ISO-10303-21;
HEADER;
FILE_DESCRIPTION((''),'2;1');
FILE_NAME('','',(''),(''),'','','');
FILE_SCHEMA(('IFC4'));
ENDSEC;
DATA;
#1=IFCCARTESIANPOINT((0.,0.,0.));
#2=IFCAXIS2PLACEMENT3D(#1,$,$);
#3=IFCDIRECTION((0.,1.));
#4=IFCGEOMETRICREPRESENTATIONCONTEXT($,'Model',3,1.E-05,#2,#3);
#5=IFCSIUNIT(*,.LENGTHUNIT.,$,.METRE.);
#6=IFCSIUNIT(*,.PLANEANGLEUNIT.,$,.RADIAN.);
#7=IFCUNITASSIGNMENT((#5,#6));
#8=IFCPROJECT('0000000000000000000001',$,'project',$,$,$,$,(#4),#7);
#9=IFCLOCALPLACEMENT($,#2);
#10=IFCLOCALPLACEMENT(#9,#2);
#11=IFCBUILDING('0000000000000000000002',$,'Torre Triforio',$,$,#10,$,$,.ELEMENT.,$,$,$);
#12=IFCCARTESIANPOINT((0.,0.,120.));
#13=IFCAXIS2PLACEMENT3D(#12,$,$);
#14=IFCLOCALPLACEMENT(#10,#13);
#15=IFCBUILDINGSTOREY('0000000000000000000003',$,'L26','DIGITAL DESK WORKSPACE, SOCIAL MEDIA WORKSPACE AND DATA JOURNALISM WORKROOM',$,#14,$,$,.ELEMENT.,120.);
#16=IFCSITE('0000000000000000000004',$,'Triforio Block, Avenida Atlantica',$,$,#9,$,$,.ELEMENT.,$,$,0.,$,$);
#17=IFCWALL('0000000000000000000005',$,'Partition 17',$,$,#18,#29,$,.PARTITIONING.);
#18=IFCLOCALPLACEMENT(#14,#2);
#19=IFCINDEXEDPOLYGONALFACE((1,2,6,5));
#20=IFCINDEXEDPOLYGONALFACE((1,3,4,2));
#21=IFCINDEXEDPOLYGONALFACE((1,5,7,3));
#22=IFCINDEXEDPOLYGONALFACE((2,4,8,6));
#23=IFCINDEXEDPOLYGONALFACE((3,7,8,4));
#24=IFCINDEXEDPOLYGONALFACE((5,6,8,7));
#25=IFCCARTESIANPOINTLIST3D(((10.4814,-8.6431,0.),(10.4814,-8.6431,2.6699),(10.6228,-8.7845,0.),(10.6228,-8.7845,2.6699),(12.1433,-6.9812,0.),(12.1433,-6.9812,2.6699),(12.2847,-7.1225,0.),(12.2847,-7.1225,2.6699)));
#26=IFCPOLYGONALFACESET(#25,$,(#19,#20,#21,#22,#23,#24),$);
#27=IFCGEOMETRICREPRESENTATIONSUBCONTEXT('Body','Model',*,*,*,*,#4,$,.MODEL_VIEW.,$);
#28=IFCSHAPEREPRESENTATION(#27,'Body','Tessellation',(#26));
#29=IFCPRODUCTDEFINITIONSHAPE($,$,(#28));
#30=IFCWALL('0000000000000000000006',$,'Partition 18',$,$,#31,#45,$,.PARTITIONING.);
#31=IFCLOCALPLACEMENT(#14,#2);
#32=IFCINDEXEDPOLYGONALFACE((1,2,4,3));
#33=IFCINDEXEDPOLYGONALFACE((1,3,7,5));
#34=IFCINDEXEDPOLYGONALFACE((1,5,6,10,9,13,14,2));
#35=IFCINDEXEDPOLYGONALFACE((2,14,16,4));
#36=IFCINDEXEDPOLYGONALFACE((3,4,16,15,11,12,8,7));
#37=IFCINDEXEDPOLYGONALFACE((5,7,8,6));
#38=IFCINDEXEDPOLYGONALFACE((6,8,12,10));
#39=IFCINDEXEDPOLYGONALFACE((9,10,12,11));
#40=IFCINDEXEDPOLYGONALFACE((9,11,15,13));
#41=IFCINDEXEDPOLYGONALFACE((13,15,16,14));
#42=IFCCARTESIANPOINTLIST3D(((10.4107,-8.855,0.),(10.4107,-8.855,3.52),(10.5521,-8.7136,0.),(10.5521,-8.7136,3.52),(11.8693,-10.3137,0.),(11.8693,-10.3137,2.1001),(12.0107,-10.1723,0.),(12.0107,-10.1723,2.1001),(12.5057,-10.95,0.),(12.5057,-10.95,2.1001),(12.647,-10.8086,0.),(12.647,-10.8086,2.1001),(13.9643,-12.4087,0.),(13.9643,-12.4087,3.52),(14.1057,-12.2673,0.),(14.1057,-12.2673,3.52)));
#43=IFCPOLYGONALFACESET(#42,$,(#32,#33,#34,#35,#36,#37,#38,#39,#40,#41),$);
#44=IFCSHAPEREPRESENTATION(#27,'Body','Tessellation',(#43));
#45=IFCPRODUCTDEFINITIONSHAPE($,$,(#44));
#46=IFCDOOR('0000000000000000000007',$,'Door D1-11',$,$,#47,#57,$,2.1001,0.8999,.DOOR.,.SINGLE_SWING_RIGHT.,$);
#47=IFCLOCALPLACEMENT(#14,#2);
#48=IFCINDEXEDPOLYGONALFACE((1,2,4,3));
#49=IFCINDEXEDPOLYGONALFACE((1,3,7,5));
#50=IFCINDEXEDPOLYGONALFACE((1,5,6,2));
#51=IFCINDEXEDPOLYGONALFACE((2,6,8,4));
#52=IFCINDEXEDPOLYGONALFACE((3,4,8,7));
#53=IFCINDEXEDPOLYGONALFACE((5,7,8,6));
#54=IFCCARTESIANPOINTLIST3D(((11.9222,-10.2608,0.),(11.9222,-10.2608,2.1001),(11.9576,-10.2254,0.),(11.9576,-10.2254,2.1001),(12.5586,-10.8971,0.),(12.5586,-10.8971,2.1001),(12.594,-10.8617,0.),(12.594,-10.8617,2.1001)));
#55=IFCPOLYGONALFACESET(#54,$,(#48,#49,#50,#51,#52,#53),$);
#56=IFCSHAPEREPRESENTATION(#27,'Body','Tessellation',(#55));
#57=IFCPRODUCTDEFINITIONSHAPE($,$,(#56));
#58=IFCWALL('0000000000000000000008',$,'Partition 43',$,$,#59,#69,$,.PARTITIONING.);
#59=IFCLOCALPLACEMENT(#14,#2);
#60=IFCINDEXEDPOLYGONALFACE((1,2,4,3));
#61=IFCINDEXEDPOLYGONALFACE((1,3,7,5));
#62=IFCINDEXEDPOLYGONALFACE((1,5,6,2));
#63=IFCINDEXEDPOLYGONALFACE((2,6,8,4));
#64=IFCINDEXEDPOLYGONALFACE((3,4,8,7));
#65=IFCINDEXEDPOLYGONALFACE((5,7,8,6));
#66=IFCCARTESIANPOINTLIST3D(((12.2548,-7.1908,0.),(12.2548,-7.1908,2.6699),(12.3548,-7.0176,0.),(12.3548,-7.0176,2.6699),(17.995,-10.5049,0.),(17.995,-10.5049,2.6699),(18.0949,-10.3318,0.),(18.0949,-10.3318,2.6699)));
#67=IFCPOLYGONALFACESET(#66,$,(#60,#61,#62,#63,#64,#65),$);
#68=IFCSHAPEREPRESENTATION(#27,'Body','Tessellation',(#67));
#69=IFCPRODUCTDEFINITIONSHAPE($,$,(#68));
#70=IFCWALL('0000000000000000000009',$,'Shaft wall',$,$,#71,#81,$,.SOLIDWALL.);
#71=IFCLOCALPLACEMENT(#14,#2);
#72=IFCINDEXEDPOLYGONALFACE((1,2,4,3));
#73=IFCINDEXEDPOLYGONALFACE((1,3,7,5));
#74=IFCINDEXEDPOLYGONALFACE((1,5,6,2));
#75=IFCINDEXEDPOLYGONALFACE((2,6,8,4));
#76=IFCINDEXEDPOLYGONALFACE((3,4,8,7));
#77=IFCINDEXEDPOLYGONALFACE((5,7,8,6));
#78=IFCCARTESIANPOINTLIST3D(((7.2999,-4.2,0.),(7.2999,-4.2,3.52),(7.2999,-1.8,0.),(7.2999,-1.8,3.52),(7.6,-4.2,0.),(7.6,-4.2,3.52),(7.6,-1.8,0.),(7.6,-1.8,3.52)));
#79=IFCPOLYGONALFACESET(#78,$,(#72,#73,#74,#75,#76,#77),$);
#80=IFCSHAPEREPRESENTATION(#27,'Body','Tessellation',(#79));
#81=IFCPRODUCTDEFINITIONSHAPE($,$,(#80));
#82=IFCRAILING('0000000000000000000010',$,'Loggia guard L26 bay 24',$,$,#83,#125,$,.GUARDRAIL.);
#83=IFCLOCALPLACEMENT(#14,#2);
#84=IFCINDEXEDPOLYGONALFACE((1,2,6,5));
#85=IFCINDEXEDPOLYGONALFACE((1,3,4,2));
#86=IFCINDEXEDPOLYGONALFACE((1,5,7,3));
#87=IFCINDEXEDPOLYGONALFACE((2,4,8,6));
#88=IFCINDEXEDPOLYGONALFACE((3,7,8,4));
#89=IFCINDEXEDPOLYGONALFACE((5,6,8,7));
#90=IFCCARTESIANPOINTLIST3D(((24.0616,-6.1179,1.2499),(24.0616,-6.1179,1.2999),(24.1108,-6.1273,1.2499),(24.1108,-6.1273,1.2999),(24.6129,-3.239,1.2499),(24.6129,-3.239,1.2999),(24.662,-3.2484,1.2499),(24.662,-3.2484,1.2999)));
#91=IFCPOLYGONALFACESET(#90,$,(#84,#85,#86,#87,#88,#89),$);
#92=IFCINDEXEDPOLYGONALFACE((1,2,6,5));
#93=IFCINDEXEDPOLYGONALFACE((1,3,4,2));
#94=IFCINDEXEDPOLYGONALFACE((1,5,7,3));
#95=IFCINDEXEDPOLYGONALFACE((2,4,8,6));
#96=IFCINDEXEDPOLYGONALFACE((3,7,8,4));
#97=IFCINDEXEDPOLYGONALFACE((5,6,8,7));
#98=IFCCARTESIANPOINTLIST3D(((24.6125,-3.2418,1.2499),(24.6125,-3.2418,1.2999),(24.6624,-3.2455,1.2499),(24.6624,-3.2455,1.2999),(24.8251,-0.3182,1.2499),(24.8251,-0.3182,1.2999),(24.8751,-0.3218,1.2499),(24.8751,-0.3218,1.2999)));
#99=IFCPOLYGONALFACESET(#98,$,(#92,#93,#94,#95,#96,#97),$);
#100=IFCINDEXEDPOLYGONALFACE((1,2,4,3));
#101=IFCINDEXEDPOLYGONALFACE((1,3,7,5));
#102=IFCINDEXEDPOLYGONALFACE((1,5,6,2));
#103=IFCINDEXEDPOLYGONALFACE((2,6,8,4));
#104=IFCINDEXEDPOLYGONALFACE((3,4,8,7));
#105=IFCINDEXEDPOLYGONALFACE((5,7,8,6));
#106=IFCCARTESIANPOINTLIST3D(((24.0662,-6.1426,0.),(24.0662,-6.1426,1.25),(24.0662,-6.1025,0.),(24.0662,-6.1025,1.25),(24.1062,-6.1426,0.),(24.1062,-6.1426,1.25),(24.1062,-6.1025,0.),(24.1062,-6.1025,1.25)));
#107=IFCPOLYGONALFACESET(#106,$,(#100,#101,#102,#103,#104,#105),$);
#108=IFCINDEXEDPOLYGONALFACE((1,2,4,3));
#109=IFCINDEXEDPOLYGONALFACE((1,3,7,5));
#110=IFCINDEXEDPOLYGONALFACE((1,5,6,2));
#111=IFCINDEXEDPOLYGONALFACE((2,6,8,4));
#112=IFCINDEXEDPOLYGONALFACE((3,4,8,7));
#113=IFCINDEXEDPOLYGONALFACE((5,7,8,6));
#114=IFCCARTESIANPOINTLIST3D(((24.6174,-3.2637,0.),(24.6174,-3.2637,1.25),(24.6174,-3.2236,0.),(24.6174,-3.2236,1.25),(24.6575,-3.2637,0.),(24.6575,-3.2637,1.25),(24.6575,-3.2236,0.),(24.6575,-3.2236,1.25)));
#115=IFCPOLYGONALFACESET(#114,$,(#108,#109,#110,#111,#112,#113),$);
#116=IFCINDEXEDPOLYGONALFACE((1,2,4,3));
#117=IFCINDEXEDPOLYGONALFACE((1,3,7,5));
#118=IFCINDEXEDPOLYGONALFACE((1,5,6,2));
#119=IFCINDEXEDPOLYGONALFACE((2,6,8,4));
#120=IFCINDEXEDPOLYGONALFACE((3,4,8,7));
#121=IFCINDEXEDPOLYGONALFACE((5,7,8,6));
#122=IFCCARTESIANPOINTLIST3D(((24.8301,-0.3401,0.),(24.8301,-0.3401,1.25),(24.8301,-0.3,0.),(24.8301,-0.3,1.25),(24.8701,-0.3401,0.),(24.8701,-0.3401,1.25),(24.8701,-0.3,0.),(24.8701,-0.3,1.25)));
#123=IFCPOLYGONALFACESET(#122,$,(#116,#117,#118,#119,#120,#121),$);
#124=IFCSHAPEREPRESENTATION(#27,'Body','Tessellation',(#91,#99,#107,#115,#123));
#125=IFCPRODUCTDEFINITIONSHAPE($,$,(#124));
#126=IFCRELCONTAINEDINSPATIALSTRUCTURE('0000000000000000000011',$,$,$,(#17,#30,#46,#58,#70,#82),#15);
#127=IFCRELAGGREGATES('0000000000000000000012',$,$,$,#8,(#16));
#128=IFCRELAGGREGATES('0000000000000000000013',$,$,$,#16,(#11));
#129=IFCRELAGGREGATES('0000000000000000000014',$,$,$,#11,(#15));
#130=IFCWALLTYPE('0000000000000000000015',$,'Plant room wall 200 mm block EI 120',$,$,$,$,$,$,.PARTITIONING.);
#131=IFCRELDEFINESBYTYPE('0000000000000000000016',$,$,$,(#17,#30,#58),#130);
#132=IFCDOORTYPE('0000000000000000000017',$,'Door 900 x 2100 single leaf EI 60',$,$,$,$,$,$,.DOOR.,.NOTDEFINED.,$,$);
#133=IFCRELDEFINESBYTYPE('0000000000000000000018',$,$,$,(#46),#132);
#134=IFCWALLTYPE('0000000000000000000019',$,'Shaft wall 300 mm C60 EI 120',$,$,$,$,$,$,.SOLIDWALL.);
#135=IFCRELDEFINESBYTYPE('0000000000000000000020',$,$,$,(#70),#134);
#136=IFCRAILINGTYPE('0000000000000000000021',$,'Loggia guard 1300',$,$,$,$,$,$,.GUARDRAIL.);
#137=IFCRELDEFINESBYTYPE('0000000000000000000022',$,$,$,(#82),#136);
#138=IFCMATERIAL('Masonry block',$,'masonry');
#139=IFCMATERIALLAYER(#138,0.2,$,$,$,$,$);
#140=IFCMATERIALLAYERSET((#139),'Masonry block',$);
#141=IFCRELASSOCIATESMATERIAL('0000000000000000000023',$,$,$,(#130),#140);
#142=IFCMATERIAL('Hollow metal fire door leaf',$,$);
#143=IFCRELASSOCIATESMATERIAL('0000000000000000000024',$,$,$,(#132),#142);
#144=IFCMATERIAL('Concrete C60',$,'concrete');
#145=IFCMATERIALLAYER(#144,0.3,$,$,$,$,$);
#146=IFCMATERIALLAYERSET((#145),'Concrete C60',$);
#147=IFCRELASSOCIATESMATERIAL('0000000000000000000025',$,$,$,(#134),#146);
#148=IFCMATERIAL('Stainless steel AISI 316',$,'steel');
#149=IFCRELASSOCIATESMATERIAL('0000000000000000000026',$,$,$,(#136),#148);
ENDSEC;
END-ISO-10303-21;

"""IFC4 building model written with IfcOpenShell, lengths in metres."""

from ifc_helpers import new_model, si_unit, direction, frame, frame_2d, origin, origin_2d, place, context, subcontext, project, spatial, rectangle, extrude, material, layer, layer_set, type_object, element, fill, save


model = new_model("IFC4")

# Units and contexts
model_context = context("Model", 3, precision=1e-05, world=origin(), true_north=direction((0.0, 1.0)))
body_context = subcontext(model_context, "Body", "Model", "MODEL_VIEW")
ifc_project = project(units=[si_unit("LENGTHUNIT", "METRE"), si_unit("PLANEANGLEUNIT", "RADIAN")], contexts=[model_context])

# Site, building, storey
site_placement = place(None, origin())
site = spatial("IfcSite", under=ifc_project, at=site_placement, Name="Triforio Block, Avenida Atlantica", CompositionType="ELEMENT", RefElevation=0.0)
building_placement = place(site_placement, origin())
building = spatial("IfcBuilding", under=site, at=building_placement, Name="Torre Triforio", CompositionType="ELEMENT")
storey_placement = place(building_placement, frame((0.0, 0.0, 120.0)))
storey = spatial("IfcBuildingStorey", under=building, at=storey_placement, Name="L26", Description="DIGITAL DESK WORKSPACE, SOCIAL MEDIA WORKSPACE AND DATA JOURNALISM WORKROOM", CompositionType="ELEMENT", Elevation=120.0)

# Shared definitions
ifc_material_1 = material(Name="Concrete C60", Category="concrete")

# Shared definitions
ifc_material_2 = material(Name="Hollow metal fire door leaf")

# Wall
ifc_material_3 = material(Name="Masonry block", Category="masonry")
ifc_layer_1 = layer(ifc_material_3, 0.2)
ifc_layer_set_1 = layer_set([ifc_layer_1], Name="Masonry block")
wall_type_1 = type_object("IfcWallType", Name="Plant room wall 200 mm block EI 120", PredefinedType="PARTITIONING", material=ifc_layer_set_1)
wall_1_placement = place(storey_placement, frame((12.2141, -7.0518, 0.0), z_axis=(0.0, 0.0, 1.0), x_axis=(-0.707107, -0.707107, 0.0)))
element("IfcWall", 1, at=wall_1_placement, inside=storey, type_object=wall_type_1, Name="Partition 17", PredefinedType="PARTITIONING", context=body_context, shape_type="SweptSolid", body=[
    extrude(rectangle(XDim=2.3503, YDim=0.2, at=frame_2d((1.1753, 0.0))), origin(), (0.0, 0.0, 1.0), 2.6699),
])

# Wall, opening, door
wall_2_placement = place(storey_placement, frame((10.4814, -8.7844, 0.0), z_axis=(0.0, 0.0, 1.0), x_axis=(0.707107, -0.707107, 0.0)))
wall_2 = element("IfcWall", 2, at=wall_2_placement, inside=storey, type_object=wall_type_1, Name="Partition 18", PredefinedType="PARTITIONING", context=body_context, shape_type="SweptSolid", body=[
    extrude(rectangle(XDim=5.0256, YDim=0.2, at=frame_2d((2.5127, 0.0))), origin(), (0.0, 0.0, 1.0), 3.52),
])
opening_1_placement = place(wall_2_placement, frame((2.0627, 0.0, 0.0)))
opening_1 = element("IfcOpeningElement", 3, at=opening_1_placement, cuts=wall_2, PredefinedType="OPENING", context=body_context, shape_type="SweptSolid", body=[
    extrude(rectangle(XDim=0.8999, YDim=2.1001, at=frame_2d((0.45, 1.05))), frame((0.0, 0.1099, 0.0), z_axis=(0.0, -1.0, 0.0), x_axis=(1.0, 0.0, 0.0)), (0.0, 0.0, 1.0), 0.22),
])
door_type_1 = type_object("IfcDoorType", Name="Door 900 x 2100 single leaf EI 60", OperationType="NOTDEFINED", PredefinedType="DOOR", material=ifc_material_2)
door_1_placement = place(opening_1_placement, origin())
door_1 = element("IfcDoor", 4, at=door_1_placement, inside=storey, type_object=door_type_1, Name="Door D1-11", OperationType="SINGLE_SWING_RIGHT", OverallHeight=2.1001, OverallWidth=0.8999, PredefinedType="DOOR", context=body_context, shape_type="SweptSolid", body=[
    extrude(rectangle(XDim=0.8999, YDim=2.1001, at=frame_2d((0.45, 1.05))), frame((0.0, 0.0249, 0.0), z_axis=(0.0, -1.0, 0.0), x_axis=(1.0, 0.0, 0.0)), (0.0, 0.0, 1.0), 0.05),
])
fill(opening_1, door_1)

# Walls
wall_3_placement = place(storey_placement, frame((12.3049, -7.1042, 0.0), z_axis=(0.0, 0.0, 1.0), x_axis=(0.86602, -0.500009, 0.0)))
element("IfcWall", 5, at=wall_3_placement, inside=storey, type_object=wall_type_1, Name="Partition 43", PredefinedType="PARTITIONING", context=body_context, shape_type="SweptSolid", body=[
    extrude(rectangle(XDim=6.6282, YDim=0.2, at=frame_2d((3.314, 0.0))), origin(), (0.0, 0.0, 1.0), 2.6699),
])
ifc_layer_2 = layer(ifc_material_1, 0.3)
ifc_layer_set_2 = layer_set([ifc_layer_2], Name="Concrete C60")
wall_type_2 = type_object("IfcWallType", Name="Shaft wall 300 mm C60 EI 120", PredefinedType="SOLIDWALL", material=ifc_layer_set_2)
wall_4_placement = place(storey_placement, frame((7.45, -4.2, 0.0), z_axis=(0.0, 0.0, 1.0), x_axis=(0.0, 1.0, 0.0)))
element("IfcWall", 6, at=wall_4_placement, inside=storey, type_object=wall_type_2, Name="Shaft wall", PredefinedType="SOLIDWALL", context=body_context, shape_type="SweptSolid", body=[
    extrude(rectangle(XDim=2.3999, YDim=0.3, at=frame_2d((1.2, 0.0))), origin(), (0.0, 0.0, 1.0), 3.52),
])

# Railing
ifc_material_4 = material(Name="Stainless steel AISI 316", Category="steel")
railing_type = type_object("IfcRailingType", Name="Loggia guard 1300", PredefinedType="GUARDRAIL", material=ifc_material_4)
railing_placement = place(storey_placement, frame((24.0862, -6.1226, 0.0)))
element("IfcRailing", 7, at=railing_placement, inside=storey, type_object=railing_type, Name="Loggia guard L26 bay 24", PredefinedType="GUARDRAIL", context=body_context, shape_type="SweptSolid", body=[
    extrude(rectangle(XDim=0.05, YDim=0.05, at=origin_2d()), frame((0.0, 0.0, 1.2749), z_axis=(0.188069, 0.982156, 0.0), x_axis=(-0.982156, 0.188069, 0.0)), (0.0, 0.0, 1.0), 2.9312),
    extrude(rectangle(XDim=0.05, YDim=0.05, at=origin_2d()), frame((0.5513, 2.8789, 1.2749), z_axis=(0.072543, 0.997365, 0.0), x_axis=(-0.997365, 0.072543, 0.0)), (0.0, 0.0, 1.0), 2.9314),
    extrude(rectangle(XDim=0.04, YDim=0.04, at=origin_2d()), origin(), (0.0, 0.0, 1.0), 1.25),
    extrude(rectangle(XDim=0.04, YDim=0.04, at=origin_2d()), frame((0.5513, 2.8789, 0.0)), (0.0, 0.0, 1.0), 1.25),
    extrude(rectangle(XDim=0.04, YDim=0.04, at=origin_2d()), frame((0.7639, 5.8025, 0.0)), (0.0, 0.0, 1.0), 1.25),
])

save(model, "model.ifc")
